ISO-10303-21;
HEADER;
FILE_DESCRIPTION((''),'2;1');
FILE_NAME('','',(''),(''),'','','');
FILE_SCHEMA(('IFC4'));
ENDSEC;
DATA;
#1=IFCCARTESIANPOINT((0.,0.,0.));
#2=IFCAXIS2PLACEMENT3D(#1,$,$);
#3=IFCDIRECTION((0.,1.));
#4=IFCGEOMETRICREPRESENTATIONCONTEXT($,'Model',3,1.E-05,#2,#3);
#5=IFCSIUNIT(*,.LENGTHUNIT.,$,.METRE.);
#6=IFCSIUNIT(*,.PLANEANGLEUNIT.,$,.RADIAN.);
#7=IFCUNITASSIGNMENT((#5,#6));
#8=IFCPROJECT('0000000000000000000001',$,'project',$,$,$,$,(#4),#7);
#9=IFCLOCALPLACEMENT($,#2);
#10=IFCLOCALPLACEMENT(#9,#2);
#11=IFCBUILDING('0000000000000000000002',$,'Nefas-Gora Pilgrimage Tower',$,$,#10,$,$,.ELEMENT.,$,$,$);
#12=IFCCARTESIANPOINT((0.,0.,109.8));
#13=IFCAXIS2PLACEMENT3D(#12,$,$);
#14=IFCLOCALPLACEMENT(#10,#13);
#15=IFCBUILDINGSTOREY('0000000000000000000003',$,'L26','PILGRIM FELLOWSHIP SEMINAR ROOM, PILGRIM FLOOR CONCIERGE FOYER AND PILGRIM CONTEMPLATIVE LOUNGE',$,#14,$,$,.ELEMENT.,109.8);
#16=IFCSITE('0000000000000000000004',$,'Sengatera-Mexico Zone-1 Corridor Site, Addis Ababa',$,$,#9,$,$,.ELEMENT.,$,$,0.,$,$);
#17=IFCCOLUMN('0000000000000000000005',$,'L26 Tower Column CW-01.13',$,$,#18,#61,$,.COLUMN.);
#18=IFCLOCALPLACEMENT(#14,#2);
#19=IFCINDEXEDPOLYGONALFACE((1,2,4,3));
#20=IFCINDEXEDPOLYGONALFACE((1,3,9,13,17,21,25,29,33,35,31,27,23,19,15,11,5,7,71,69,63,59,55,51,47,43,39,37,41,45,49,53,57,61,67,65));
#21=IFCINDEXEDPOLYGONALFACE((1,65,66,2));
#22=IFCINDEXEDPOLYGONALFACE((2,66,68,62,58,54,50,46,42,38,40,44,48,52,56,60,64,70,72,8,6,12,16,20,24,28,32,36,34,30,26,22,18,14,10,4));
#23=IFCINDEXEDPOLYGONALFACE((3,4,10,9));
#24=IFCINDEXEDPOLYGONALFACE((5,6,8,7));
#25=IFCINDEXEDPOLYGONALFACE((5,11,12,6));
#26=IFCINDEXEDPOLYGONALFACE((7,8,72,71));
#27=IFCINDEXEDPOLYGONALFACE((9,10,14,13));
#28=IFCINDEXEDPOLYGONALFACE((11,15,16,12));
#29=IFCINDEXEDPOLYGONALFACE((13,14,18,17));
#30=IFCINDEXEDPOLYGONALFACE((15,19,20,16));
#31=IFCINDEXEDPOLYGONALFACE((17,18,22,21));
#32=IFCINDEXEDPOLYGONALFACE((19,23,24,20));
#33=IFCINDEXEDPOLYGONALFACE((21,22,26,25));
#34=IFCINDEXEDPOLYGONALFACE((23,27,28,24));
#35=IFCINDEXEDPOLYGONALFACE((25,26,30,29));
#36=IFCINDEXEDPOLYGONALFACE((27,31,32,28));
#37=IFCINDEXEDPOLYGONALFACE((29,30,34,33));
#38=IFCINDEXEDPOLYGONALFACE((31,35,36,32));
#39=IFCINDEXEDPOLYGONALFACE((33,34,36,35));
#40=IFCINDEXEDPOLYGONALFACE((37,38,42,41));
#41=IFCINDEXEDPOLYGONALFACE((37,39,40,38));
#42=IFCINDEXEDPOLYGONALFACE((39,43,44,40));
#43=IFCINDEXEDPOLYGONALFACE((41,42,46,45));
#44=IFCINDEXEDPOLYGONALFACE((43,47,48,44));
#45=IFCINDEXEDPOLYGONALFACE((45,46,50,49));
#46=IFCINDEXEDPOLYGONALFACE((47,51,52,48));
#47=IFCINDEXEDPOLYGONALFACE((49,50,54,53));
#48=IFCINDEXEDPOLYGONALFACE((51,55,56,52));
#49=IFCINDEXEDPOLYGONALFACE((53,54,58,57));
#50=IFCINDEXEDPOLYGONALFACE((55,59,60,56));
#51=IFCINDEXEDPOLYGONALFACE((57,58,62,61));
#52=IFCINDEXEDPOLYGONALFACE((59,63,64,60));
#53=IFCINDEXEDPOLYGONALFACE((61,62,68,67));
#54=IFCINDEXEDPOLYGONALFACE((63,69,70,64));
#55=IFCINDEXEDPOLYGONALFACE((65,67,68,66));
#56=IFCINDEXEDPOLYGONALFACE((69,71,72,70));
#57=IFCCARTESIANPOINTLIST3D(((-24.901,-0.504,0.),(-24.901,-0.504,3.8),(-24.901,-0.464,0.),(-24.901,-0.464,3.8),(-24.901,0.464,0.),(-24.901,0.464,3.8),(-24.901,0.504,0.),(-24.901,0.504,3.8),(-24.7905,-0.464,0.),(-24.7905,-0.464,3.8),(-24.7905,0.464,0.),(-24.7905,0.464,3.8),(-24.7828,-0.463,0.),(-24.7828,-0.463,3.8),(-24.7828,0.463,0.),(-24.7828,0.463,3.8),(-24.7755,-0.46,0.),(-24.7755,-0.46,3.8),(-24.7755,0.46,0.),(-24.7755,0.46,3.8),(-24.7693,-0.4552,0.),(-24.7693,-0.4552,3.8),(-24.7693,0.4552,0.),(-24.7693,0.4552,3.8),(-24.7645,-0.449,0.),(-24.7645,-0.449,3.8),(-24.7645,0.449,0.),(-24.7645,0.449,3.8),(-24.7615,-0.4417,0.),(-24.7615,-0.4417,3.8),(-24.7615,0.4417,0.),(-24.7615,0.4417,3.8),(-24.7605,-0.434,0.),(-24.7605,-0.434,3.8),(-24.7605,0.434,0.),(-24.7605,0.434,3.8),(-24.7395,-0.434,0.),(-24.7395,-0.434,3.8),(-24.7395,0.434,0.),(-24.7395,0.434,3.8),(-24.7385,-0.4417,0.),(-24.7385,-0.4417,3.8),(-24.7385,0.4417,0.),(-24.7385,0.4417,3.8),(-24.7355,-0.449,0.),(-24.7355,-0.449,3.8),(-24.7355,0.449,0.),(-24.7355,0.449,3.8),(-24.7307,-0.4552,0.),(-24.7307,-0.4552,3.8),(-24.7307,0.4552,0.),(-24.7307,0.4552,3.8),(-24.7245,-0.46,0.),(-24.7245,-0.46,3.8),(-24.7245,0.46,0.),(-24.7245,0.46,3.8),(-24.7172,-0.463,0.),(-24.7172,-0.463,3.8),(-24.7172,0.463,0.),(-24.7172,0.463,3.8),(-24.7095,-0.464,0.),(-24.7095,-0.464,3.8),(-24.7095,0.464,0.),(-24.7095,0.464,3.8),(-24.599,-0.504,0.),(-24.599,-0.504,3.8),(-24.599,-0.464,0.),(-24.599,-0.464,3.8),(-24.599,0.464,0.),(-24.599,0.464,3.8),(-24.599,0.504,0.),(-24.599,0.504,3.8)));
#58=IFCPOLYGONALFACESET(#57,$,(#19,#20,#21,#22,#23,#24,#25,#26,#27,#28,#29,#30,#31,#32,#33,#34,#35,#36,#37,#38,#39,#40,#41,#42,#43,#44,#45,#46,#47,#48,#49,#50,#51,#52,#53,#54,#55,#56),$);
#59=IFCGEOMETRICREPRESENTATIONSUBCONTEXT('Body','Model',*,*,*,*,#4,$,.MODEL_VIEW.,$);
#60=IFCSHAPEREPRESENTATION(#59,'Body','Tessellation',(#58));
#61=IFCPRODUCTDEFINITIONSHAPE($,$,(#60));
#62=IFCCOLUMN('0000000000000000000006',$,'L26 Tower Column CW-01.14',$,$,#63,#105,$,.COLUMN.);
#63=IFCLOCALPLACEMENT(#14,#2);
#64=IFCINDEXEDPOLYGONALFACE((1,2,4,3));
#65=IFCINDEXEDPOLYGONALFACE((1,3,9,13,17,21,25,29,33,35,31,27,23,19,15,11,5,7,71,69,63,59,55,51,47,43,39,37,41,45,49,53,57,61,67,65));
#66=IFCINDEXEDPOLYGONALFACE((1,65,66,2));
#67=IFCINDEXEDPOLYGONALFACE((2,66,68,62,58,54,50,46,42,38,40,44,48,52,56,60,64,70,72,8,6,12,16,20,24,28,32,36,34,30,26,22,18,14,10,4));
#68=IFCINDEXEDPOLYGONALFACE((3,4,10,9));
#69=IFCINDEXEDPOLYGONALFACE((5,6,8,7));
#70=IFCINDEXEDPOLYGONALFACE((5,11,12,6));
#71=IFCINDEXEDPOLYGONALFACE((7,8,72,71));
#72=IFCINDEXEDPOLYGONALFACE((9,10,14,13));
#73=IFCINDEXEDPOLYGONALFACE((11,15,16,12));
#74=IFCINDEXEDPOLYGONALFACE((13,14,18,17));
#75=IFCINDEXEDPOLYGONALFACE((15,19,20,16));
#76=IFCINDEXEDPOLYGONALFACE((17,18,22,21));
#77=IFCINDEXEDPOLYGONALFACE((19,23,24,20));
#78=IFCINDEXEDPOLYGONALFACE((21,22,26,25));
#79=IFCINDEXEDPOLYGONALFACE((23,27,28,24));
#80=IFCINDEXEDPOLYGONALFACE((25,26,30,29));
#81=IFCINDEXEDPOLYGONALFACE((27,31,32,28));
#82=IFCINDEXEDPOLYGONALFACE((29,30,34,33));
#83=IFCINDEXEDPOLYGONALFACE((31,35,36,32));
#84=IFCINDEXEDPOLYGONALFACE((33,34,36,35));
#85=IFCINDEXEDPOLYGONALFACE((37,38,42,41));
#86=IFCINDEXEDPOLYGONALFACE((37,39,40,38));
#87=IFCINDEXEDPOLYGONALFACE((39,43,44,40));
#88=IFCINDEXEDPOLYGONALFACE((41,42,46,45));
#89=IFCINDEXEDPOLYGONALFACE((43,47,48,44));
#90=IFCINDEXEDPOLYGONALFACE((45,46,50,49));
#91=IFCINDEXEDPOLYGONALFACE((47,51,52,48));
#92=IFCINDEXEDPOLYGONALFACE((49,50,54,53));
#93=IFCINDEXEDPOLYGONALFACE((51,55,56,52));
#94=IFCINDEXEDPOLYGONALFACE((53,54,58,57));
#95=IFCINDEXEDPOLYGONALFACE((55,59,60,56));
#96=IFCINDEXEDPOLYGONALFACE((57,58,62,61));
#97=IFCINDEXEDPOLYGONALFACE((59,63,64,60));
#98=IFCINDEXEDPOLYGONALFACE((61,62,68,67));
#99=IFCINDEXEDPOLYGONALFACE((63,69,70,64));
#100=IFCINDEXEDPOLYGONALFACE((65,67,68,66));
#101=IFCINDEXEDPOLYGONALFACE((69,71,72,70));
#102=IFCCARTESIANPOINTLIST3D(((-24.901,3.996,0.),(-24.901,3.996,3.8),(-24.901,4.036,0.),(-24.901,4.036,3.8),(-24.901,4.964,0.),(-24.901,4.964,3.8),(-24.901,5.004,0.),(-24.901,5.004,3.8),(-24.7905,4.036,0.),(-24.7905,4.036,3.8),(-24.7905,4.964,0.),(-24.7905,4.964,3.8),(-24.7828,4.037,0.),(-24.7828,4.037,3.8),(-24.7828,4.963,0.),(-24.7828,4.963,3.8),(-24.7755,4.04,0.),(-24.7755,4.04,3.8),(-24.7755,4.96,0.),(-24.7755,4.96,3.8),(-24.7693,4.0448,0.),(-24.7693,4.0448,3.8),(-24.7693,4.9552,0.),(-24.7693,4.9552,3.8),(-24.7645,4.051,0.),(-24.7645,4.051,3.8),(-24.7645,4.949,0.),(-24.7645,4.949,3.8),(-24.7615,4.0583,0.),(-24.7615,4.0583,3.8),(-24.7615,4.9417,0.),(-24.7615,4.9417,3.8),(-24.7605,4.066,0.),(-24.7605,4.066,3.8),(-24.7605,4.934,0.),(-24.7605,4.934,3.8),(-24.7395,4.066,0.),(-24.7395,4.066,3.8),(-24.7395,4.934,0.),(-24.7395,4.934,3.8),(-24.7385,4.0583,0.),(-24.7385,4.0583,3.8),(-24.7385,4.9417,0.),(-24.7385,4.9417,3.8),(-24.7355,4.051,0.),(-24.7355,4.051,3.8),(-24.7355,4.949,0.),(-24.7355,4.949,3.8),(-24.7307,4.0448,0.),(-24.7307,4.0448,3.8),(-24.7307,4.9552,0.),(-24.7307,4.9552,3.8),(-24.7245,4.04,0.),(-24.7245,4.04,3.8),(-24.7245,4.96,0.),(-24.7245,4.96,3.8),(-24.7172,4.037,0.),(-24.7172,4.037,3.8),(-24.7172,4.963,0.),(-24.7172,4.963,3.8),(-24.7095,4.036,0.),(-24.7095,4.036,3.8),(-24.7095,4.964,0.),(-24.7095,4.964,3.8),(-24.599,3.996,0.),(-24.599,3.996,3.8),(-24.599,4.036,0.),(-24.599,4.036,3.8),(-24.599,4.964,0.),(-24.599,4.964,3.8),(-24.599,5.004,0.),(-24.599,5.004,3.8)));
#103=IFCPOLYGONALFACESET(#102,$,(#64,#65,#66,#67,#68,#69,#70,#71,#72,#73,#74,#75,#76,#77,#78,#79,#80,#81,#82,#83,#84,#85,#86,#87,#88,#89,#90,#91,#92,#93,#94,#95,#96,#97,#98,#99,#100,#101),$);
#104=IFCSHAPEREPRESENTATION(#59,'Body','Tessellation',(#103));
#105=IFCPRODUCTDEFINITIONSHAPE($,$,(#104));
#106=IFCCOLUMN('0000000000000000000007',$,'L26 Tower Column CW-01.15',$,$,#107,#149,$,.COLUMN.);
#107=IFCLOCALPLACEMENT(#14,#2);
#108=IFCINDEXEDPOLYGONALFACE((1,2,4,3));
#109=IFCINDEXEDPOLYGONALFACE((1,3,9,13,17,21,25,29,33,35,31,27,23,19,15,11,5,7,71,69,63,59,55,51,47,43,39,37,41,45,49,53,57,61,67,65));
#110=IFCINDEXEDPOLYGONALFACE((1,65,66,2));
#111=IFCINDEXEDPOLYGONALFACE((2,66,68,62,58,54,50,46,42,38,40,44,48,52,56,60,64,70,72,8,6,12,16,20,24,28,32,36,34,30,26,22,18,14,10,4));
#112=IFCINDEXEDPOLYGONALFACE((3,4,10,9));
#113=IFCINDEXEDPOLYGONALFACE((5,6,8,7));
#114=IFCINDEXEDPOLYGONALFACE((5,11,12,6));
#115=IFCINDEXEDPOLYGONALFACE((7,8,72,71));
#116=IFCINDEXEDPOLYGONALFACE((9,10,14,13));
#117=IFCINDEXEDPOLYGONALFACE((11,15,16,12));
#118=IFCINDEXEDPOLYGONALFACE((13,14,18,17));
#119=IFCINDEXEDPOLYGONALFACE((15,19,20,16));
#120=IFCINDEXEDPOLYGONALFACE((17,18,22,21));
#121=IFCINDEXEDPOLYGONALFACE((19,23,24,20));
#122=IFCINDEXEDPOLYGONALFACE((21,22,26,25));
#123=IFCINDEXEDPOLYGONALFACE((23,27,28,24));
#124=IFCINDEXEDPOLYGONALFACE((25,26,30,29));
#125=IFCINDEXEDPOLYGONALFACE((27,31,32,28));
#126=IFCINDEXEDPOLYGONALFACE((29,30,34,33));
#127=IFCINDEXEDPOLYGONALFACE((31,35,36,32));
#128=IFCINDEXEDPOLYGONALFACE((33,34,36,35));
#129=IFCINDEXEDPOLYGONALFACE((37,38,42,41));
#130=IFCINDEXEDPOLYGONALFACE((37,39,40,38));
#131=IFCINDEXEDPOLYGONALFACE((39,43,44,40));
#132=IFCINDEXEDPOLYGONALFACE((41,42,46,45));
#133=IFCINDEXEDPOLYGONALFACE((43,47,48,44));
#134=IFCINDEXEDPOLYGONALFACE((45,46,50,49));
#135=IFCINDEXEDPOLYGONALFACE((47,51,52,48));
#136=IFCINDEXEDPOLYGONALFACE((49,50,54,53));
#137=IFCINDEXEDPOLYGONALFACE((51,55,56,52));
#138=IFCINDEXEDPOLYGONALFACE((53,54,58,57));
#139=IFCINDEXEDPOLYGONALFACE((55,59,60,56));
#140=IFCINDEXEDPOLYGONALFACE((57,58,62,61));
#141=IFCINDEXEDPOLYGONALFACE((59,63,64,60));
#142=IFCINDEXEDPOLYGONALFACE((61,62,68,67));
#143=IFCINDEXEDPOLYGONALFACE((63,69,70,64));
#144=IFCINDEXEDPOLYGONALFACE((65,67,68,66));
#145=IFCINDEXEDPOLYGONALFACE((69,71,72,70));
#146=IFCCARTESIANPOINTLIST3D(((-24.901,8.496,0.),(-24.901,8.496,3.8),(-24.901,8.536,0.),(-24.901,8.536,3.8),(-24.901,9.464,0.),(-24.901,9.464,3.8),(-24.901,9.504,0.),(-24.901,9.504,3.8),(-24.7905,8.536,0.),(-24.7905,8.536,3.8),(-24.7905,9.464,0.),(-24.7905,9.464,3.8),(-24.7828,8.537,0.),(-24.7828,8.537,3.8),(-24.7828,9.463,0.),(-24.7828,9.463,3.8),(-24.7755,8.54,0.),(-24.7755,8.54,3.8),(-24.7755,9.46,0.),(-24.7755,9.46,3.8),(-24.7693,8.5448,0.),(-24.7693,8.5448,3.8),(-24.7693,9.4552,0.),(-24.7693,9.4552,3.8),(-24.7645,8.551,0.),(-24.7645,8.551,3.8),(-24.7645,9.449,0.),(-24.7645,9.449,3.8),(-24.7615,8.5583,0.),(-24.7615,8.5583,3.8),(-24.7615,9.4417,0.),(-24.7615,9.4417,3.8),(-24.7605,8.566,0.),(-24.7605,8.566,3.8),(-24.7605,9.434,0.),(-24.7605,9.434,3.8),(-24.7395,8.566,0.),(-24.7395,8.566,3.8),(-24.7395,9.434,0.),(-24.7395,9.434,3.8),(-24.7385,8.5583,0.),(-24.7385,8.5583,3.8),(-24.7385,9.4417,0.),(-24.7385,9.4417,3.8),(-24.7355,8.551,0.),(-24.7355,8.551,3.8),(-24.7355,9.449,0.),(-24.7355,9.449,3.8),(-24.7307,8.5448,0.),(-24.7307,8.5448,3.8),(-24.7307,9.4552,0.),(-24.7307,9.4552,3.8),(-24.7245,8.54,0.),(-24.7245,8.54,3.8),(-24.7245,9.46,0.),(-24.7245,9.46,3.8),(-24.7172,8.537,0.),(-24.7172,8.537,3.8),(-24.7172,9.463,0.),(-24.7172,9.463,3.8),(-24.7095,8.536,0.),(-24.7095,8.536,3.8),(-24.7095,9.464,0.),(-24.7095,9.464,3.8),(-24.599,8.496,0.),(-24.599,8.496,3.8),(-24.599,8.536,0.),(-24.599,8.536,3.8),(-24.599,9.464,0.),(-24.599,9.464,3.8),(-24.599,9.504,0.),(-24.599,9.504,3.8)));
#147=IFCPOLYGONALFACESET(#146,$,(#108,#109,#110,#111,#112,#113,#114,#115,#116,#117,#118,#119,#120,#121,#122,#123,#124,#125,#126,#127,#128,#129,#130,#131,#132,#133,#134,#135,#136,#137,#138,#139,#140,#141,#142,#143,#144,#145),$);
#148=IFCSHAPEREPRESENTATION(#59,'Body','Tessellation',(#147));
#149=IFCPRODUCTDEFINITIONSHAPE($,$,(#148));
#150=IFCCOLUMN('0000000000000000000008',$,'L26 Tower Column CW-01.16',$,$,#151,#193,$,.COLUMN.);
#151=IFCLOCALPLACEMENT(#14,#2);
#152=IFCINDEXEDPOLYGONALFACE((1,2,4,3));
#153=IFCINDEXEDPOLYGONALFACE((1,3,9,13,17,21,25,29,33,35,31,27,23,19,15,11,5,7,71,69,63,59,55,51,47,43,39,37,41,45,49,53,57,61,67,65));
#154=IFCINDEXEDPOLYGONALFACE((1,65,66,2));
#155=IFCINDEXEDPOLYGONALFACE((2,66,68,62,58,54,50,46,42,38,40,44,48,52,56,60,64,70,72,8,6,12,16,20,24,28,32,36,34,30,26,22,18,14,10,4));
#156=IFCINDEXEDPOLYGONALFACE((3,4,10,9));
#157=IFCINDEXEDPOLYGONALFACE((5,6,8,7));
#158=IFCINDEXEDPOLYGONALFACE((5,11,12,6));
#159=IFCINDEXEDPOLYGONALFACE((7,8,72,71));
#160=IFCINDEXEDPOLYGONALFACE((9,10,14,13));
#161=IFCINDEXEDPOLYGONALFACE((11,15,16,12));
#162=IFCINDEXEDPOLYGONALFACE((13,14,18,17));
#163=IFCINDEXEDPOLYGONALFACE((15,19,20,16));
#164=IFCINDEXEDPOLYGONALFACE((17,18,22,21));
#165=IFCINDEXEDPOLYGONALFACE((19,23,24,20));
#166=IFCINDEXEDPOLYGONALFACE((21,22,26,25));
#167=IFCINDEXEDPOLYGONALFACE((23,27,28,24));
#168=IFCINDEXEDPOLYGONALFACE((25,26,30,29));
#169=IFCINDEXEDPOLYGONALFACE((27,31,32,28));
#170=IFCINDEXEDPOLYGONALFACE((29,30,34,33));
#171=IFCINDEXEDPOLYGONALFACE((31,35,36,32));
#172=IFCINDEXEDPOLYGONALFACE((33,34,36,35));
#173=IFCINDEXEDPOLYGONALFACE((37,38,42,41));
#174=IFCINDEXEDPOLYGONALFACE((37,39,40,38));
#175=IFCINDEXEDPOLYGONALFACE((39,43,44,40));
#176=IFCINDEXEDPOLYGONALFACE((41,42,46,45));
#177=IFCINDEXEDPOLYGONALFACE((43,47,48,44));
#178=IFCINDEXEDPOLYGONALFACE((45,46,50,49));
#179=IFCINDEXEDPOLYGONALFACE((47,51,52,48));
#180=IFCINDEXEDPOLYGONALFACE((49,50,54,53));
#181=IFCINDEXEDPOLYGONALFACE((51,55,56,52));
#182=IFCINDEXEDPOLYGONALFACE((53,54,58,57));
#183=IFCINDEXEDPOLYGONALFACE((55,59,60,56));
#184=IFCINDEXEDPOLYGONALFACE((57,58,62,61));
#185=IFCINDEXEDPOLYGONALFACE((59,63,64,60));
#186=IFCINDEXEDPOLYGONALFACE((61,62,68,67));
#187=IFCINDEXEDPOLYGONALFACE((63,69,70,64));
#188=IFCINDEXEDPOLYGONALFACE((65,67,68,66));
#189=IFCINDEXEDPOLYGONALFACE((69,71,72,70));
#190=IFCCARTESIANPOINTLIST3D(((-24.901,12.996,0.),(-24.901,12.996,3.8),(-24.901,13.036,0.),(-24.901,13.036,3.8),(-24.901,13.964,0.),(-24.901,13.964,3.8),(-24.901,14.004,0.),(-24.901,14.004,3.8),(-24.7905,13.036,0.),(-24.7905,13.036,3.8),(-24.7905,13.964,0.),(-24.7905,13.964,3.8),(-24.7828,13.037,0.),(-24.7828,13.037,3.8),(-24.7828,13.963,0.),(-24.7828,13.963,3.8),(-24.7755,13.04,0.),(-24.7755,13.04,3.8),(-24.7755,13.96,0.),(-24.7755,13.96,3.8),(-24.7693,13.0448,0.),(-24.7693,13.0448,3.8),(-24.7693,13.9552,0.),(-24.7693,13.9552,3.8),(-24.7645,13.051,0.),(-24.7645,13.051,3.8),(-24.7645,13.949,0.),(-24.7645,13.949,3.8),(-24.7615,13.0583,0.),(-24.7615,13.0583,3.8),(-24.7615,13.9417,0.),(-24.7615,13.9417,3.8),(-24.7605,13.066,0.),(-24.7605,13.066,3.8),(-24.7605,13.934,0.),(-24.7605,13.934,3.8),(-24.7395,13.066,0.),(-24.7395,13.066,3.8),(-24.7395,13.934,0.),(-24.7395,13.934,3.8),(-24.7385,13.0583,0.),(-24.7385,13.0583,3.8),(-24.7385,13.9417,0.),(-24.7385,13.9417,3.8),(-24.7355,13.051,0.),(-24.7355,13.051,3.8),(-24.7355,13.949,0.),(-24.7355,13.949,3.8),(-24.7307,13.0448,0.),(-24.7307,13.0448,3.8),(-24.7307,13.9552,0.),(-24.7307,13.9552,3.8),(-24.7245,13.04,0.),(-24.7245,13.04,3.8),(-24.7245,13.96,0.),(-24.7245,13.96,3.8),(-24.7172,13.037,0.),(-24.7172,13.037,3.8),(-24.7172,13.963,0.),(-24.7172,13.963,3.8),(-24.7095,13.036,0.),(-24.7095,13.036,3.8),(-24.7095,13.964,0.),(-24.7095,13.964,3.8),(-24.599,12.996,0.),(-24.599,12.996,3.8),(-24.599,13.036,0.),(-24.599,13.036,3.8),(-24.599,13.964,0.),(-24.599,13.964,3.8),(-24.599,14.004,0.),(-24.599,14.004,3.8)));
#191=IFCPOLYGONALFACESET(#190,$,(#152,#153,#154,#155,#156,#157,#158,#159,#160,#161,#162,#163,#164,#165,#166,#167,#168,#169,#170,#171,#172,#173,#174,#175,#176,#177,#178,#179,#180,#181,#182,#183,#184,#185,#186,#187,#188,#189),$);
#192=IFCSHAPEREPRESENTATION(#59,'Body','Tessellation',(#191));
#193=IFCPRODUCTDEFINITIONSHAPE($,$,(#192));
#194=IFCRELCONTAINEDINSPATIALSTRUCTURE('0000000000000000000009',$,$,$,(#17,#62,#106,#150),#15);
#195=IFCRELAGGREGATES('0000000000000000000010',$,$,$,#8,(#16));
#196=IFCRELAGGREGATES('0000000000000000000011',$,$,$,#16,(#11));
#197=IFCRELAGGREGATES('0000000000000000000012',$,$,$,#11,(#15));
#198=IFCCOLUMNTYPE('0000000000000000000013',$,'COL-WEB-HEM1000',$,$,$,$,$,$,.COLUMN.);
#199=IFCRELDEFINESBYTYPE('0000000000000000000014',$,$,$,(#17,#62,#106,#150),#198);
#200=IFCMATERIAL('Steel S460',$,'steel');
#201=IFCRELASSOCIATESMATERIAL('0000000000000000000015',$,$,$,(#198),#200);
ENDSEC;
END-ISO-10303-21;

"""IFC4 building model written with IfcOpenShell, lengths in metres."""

from ifc_helpers import new_model, si_unit, direction, frame, origin, origin_2d, place, context, subcontext, project, spatial, i_section, extrude, source, transform, mapped, material, material_profile, profile_set, type_object, element, save


model = new_model("IFC4")

# Units and contexts
model_context = context("Model", 3, precision=1e-05, world=origin(), true_north=direction((0.0, 1.0)))
body_context = subcontext(model_context, "Body", "Model", "MODEL_VIEW")
ifc_project = project(units=[si_unit("LENGTHUNIT", "METRE"), si_unit("PLANEANGLEUNIT", "RADIAN")], contexts=[model_context])

# Site, building, storey
site_placement = place(None, origin())
site = spatial("IfcSite", under=ifc_project, at=site_placement, Name="Sengatera-Mexico Zone-1 Corridor Site, Addis Ababa", CompositionType="ELEMENT", RefElevation=0.0)
building_placement = place(site_placement, origin())
building = spatial("IfcBuilding", under=site, at=building_placement, Name="Nefas-Gora Pilgrimage Tower", CompositionType="ELEMENT")
storey_placement = place(building_placement, frame((0.0, 0.0, 109.8)))
storey = spatial("IfcBuildingStorey", under=building, at=storey_placement, Name="L26", Description="PILGRIM FELLOWSHIP SEMINAR ROOM, PILGRIM FLOOR CONCIERGE FOYER AND PILGRIM CONTEMPLATIVE LOUNGE", CompositionType="ELEMENT", Elevation=109.8)

# Columns
ifc_material_1 = material(Name="Steel S460", Category="steel")
ifc_material_profile_1 = material_profile(ifc_material_1, i_section(OverallWidth=0.302, OverallDepth=1.0081, WebThickness=0.021, FlangeThickness=0.04, FilletRadius=0.03, at=origin_2d()), Name="HEM 1000")
ifc_profile_set_1 = profile_set([ifc_material_profile_1], Name="Steel S460")
column_type_1 = type_object("IfcColumnType", Name="COL-WEB-HEM1000", PredefinedType="COLUMN", material=ifc_profile_set_1)
shared_shape_1 = source(origin(), body_context, "Body", "SweptSolid", [
    extrude(i_section(OverallWidth=0.302, OverallDepth=1.0081, WebThickness=0.021, FlangeThickness=0.04, FilletRadius=0.03, at=origin_2d()), origin(), (0.0, 0.0, 1.0), 3.8),
])
for number, where, z_axis, x_axis, name in (
    (1, (-24.75, 0.0, 0.0), (0.0, 0.0, 1.0), (1.0, 0.0, 0.0), "L26 Tower Column CW-01.13"),
    (2, (-24.75, 4.5, 0.0), (0.0, 0.0, 1.0), (1.0, 0.0, 0.0), "L26 Tower Column CW-01.14"),
    (3, (-24.75, 9.0, 0.0), (0.0, 0.0, 1.0), (1.0, 0.0, 0.0), "L26 Tower Column CW-01.15"),
    (4, (-24.75, 13.5, 0.0), (0.0, 0.0, 1.0), (1.0, 0.0, 0.0), "L26 Tower Column CW-01.16"),
):
    element("IfcColumn", number, at=place(storey_placement, frame(where, z_axis=z_axis, x_axis=x_axis)), inside=storey, type_object=column_type_1, Name=name, PredefinedType="COLUMN", context=body_context, shape_type="MappedRepresentation", body=[
        mapped(shared_shape_1, transform((0.0, 0.0, 0.0), x_axis=(1.0, 0.0, 0.0), y_axis=(0.0, 1.0, 0.0), z_axis=(0.0, 0.0, 1.0), scale=1.0)),
    ])

save(model, "model.ifc")
